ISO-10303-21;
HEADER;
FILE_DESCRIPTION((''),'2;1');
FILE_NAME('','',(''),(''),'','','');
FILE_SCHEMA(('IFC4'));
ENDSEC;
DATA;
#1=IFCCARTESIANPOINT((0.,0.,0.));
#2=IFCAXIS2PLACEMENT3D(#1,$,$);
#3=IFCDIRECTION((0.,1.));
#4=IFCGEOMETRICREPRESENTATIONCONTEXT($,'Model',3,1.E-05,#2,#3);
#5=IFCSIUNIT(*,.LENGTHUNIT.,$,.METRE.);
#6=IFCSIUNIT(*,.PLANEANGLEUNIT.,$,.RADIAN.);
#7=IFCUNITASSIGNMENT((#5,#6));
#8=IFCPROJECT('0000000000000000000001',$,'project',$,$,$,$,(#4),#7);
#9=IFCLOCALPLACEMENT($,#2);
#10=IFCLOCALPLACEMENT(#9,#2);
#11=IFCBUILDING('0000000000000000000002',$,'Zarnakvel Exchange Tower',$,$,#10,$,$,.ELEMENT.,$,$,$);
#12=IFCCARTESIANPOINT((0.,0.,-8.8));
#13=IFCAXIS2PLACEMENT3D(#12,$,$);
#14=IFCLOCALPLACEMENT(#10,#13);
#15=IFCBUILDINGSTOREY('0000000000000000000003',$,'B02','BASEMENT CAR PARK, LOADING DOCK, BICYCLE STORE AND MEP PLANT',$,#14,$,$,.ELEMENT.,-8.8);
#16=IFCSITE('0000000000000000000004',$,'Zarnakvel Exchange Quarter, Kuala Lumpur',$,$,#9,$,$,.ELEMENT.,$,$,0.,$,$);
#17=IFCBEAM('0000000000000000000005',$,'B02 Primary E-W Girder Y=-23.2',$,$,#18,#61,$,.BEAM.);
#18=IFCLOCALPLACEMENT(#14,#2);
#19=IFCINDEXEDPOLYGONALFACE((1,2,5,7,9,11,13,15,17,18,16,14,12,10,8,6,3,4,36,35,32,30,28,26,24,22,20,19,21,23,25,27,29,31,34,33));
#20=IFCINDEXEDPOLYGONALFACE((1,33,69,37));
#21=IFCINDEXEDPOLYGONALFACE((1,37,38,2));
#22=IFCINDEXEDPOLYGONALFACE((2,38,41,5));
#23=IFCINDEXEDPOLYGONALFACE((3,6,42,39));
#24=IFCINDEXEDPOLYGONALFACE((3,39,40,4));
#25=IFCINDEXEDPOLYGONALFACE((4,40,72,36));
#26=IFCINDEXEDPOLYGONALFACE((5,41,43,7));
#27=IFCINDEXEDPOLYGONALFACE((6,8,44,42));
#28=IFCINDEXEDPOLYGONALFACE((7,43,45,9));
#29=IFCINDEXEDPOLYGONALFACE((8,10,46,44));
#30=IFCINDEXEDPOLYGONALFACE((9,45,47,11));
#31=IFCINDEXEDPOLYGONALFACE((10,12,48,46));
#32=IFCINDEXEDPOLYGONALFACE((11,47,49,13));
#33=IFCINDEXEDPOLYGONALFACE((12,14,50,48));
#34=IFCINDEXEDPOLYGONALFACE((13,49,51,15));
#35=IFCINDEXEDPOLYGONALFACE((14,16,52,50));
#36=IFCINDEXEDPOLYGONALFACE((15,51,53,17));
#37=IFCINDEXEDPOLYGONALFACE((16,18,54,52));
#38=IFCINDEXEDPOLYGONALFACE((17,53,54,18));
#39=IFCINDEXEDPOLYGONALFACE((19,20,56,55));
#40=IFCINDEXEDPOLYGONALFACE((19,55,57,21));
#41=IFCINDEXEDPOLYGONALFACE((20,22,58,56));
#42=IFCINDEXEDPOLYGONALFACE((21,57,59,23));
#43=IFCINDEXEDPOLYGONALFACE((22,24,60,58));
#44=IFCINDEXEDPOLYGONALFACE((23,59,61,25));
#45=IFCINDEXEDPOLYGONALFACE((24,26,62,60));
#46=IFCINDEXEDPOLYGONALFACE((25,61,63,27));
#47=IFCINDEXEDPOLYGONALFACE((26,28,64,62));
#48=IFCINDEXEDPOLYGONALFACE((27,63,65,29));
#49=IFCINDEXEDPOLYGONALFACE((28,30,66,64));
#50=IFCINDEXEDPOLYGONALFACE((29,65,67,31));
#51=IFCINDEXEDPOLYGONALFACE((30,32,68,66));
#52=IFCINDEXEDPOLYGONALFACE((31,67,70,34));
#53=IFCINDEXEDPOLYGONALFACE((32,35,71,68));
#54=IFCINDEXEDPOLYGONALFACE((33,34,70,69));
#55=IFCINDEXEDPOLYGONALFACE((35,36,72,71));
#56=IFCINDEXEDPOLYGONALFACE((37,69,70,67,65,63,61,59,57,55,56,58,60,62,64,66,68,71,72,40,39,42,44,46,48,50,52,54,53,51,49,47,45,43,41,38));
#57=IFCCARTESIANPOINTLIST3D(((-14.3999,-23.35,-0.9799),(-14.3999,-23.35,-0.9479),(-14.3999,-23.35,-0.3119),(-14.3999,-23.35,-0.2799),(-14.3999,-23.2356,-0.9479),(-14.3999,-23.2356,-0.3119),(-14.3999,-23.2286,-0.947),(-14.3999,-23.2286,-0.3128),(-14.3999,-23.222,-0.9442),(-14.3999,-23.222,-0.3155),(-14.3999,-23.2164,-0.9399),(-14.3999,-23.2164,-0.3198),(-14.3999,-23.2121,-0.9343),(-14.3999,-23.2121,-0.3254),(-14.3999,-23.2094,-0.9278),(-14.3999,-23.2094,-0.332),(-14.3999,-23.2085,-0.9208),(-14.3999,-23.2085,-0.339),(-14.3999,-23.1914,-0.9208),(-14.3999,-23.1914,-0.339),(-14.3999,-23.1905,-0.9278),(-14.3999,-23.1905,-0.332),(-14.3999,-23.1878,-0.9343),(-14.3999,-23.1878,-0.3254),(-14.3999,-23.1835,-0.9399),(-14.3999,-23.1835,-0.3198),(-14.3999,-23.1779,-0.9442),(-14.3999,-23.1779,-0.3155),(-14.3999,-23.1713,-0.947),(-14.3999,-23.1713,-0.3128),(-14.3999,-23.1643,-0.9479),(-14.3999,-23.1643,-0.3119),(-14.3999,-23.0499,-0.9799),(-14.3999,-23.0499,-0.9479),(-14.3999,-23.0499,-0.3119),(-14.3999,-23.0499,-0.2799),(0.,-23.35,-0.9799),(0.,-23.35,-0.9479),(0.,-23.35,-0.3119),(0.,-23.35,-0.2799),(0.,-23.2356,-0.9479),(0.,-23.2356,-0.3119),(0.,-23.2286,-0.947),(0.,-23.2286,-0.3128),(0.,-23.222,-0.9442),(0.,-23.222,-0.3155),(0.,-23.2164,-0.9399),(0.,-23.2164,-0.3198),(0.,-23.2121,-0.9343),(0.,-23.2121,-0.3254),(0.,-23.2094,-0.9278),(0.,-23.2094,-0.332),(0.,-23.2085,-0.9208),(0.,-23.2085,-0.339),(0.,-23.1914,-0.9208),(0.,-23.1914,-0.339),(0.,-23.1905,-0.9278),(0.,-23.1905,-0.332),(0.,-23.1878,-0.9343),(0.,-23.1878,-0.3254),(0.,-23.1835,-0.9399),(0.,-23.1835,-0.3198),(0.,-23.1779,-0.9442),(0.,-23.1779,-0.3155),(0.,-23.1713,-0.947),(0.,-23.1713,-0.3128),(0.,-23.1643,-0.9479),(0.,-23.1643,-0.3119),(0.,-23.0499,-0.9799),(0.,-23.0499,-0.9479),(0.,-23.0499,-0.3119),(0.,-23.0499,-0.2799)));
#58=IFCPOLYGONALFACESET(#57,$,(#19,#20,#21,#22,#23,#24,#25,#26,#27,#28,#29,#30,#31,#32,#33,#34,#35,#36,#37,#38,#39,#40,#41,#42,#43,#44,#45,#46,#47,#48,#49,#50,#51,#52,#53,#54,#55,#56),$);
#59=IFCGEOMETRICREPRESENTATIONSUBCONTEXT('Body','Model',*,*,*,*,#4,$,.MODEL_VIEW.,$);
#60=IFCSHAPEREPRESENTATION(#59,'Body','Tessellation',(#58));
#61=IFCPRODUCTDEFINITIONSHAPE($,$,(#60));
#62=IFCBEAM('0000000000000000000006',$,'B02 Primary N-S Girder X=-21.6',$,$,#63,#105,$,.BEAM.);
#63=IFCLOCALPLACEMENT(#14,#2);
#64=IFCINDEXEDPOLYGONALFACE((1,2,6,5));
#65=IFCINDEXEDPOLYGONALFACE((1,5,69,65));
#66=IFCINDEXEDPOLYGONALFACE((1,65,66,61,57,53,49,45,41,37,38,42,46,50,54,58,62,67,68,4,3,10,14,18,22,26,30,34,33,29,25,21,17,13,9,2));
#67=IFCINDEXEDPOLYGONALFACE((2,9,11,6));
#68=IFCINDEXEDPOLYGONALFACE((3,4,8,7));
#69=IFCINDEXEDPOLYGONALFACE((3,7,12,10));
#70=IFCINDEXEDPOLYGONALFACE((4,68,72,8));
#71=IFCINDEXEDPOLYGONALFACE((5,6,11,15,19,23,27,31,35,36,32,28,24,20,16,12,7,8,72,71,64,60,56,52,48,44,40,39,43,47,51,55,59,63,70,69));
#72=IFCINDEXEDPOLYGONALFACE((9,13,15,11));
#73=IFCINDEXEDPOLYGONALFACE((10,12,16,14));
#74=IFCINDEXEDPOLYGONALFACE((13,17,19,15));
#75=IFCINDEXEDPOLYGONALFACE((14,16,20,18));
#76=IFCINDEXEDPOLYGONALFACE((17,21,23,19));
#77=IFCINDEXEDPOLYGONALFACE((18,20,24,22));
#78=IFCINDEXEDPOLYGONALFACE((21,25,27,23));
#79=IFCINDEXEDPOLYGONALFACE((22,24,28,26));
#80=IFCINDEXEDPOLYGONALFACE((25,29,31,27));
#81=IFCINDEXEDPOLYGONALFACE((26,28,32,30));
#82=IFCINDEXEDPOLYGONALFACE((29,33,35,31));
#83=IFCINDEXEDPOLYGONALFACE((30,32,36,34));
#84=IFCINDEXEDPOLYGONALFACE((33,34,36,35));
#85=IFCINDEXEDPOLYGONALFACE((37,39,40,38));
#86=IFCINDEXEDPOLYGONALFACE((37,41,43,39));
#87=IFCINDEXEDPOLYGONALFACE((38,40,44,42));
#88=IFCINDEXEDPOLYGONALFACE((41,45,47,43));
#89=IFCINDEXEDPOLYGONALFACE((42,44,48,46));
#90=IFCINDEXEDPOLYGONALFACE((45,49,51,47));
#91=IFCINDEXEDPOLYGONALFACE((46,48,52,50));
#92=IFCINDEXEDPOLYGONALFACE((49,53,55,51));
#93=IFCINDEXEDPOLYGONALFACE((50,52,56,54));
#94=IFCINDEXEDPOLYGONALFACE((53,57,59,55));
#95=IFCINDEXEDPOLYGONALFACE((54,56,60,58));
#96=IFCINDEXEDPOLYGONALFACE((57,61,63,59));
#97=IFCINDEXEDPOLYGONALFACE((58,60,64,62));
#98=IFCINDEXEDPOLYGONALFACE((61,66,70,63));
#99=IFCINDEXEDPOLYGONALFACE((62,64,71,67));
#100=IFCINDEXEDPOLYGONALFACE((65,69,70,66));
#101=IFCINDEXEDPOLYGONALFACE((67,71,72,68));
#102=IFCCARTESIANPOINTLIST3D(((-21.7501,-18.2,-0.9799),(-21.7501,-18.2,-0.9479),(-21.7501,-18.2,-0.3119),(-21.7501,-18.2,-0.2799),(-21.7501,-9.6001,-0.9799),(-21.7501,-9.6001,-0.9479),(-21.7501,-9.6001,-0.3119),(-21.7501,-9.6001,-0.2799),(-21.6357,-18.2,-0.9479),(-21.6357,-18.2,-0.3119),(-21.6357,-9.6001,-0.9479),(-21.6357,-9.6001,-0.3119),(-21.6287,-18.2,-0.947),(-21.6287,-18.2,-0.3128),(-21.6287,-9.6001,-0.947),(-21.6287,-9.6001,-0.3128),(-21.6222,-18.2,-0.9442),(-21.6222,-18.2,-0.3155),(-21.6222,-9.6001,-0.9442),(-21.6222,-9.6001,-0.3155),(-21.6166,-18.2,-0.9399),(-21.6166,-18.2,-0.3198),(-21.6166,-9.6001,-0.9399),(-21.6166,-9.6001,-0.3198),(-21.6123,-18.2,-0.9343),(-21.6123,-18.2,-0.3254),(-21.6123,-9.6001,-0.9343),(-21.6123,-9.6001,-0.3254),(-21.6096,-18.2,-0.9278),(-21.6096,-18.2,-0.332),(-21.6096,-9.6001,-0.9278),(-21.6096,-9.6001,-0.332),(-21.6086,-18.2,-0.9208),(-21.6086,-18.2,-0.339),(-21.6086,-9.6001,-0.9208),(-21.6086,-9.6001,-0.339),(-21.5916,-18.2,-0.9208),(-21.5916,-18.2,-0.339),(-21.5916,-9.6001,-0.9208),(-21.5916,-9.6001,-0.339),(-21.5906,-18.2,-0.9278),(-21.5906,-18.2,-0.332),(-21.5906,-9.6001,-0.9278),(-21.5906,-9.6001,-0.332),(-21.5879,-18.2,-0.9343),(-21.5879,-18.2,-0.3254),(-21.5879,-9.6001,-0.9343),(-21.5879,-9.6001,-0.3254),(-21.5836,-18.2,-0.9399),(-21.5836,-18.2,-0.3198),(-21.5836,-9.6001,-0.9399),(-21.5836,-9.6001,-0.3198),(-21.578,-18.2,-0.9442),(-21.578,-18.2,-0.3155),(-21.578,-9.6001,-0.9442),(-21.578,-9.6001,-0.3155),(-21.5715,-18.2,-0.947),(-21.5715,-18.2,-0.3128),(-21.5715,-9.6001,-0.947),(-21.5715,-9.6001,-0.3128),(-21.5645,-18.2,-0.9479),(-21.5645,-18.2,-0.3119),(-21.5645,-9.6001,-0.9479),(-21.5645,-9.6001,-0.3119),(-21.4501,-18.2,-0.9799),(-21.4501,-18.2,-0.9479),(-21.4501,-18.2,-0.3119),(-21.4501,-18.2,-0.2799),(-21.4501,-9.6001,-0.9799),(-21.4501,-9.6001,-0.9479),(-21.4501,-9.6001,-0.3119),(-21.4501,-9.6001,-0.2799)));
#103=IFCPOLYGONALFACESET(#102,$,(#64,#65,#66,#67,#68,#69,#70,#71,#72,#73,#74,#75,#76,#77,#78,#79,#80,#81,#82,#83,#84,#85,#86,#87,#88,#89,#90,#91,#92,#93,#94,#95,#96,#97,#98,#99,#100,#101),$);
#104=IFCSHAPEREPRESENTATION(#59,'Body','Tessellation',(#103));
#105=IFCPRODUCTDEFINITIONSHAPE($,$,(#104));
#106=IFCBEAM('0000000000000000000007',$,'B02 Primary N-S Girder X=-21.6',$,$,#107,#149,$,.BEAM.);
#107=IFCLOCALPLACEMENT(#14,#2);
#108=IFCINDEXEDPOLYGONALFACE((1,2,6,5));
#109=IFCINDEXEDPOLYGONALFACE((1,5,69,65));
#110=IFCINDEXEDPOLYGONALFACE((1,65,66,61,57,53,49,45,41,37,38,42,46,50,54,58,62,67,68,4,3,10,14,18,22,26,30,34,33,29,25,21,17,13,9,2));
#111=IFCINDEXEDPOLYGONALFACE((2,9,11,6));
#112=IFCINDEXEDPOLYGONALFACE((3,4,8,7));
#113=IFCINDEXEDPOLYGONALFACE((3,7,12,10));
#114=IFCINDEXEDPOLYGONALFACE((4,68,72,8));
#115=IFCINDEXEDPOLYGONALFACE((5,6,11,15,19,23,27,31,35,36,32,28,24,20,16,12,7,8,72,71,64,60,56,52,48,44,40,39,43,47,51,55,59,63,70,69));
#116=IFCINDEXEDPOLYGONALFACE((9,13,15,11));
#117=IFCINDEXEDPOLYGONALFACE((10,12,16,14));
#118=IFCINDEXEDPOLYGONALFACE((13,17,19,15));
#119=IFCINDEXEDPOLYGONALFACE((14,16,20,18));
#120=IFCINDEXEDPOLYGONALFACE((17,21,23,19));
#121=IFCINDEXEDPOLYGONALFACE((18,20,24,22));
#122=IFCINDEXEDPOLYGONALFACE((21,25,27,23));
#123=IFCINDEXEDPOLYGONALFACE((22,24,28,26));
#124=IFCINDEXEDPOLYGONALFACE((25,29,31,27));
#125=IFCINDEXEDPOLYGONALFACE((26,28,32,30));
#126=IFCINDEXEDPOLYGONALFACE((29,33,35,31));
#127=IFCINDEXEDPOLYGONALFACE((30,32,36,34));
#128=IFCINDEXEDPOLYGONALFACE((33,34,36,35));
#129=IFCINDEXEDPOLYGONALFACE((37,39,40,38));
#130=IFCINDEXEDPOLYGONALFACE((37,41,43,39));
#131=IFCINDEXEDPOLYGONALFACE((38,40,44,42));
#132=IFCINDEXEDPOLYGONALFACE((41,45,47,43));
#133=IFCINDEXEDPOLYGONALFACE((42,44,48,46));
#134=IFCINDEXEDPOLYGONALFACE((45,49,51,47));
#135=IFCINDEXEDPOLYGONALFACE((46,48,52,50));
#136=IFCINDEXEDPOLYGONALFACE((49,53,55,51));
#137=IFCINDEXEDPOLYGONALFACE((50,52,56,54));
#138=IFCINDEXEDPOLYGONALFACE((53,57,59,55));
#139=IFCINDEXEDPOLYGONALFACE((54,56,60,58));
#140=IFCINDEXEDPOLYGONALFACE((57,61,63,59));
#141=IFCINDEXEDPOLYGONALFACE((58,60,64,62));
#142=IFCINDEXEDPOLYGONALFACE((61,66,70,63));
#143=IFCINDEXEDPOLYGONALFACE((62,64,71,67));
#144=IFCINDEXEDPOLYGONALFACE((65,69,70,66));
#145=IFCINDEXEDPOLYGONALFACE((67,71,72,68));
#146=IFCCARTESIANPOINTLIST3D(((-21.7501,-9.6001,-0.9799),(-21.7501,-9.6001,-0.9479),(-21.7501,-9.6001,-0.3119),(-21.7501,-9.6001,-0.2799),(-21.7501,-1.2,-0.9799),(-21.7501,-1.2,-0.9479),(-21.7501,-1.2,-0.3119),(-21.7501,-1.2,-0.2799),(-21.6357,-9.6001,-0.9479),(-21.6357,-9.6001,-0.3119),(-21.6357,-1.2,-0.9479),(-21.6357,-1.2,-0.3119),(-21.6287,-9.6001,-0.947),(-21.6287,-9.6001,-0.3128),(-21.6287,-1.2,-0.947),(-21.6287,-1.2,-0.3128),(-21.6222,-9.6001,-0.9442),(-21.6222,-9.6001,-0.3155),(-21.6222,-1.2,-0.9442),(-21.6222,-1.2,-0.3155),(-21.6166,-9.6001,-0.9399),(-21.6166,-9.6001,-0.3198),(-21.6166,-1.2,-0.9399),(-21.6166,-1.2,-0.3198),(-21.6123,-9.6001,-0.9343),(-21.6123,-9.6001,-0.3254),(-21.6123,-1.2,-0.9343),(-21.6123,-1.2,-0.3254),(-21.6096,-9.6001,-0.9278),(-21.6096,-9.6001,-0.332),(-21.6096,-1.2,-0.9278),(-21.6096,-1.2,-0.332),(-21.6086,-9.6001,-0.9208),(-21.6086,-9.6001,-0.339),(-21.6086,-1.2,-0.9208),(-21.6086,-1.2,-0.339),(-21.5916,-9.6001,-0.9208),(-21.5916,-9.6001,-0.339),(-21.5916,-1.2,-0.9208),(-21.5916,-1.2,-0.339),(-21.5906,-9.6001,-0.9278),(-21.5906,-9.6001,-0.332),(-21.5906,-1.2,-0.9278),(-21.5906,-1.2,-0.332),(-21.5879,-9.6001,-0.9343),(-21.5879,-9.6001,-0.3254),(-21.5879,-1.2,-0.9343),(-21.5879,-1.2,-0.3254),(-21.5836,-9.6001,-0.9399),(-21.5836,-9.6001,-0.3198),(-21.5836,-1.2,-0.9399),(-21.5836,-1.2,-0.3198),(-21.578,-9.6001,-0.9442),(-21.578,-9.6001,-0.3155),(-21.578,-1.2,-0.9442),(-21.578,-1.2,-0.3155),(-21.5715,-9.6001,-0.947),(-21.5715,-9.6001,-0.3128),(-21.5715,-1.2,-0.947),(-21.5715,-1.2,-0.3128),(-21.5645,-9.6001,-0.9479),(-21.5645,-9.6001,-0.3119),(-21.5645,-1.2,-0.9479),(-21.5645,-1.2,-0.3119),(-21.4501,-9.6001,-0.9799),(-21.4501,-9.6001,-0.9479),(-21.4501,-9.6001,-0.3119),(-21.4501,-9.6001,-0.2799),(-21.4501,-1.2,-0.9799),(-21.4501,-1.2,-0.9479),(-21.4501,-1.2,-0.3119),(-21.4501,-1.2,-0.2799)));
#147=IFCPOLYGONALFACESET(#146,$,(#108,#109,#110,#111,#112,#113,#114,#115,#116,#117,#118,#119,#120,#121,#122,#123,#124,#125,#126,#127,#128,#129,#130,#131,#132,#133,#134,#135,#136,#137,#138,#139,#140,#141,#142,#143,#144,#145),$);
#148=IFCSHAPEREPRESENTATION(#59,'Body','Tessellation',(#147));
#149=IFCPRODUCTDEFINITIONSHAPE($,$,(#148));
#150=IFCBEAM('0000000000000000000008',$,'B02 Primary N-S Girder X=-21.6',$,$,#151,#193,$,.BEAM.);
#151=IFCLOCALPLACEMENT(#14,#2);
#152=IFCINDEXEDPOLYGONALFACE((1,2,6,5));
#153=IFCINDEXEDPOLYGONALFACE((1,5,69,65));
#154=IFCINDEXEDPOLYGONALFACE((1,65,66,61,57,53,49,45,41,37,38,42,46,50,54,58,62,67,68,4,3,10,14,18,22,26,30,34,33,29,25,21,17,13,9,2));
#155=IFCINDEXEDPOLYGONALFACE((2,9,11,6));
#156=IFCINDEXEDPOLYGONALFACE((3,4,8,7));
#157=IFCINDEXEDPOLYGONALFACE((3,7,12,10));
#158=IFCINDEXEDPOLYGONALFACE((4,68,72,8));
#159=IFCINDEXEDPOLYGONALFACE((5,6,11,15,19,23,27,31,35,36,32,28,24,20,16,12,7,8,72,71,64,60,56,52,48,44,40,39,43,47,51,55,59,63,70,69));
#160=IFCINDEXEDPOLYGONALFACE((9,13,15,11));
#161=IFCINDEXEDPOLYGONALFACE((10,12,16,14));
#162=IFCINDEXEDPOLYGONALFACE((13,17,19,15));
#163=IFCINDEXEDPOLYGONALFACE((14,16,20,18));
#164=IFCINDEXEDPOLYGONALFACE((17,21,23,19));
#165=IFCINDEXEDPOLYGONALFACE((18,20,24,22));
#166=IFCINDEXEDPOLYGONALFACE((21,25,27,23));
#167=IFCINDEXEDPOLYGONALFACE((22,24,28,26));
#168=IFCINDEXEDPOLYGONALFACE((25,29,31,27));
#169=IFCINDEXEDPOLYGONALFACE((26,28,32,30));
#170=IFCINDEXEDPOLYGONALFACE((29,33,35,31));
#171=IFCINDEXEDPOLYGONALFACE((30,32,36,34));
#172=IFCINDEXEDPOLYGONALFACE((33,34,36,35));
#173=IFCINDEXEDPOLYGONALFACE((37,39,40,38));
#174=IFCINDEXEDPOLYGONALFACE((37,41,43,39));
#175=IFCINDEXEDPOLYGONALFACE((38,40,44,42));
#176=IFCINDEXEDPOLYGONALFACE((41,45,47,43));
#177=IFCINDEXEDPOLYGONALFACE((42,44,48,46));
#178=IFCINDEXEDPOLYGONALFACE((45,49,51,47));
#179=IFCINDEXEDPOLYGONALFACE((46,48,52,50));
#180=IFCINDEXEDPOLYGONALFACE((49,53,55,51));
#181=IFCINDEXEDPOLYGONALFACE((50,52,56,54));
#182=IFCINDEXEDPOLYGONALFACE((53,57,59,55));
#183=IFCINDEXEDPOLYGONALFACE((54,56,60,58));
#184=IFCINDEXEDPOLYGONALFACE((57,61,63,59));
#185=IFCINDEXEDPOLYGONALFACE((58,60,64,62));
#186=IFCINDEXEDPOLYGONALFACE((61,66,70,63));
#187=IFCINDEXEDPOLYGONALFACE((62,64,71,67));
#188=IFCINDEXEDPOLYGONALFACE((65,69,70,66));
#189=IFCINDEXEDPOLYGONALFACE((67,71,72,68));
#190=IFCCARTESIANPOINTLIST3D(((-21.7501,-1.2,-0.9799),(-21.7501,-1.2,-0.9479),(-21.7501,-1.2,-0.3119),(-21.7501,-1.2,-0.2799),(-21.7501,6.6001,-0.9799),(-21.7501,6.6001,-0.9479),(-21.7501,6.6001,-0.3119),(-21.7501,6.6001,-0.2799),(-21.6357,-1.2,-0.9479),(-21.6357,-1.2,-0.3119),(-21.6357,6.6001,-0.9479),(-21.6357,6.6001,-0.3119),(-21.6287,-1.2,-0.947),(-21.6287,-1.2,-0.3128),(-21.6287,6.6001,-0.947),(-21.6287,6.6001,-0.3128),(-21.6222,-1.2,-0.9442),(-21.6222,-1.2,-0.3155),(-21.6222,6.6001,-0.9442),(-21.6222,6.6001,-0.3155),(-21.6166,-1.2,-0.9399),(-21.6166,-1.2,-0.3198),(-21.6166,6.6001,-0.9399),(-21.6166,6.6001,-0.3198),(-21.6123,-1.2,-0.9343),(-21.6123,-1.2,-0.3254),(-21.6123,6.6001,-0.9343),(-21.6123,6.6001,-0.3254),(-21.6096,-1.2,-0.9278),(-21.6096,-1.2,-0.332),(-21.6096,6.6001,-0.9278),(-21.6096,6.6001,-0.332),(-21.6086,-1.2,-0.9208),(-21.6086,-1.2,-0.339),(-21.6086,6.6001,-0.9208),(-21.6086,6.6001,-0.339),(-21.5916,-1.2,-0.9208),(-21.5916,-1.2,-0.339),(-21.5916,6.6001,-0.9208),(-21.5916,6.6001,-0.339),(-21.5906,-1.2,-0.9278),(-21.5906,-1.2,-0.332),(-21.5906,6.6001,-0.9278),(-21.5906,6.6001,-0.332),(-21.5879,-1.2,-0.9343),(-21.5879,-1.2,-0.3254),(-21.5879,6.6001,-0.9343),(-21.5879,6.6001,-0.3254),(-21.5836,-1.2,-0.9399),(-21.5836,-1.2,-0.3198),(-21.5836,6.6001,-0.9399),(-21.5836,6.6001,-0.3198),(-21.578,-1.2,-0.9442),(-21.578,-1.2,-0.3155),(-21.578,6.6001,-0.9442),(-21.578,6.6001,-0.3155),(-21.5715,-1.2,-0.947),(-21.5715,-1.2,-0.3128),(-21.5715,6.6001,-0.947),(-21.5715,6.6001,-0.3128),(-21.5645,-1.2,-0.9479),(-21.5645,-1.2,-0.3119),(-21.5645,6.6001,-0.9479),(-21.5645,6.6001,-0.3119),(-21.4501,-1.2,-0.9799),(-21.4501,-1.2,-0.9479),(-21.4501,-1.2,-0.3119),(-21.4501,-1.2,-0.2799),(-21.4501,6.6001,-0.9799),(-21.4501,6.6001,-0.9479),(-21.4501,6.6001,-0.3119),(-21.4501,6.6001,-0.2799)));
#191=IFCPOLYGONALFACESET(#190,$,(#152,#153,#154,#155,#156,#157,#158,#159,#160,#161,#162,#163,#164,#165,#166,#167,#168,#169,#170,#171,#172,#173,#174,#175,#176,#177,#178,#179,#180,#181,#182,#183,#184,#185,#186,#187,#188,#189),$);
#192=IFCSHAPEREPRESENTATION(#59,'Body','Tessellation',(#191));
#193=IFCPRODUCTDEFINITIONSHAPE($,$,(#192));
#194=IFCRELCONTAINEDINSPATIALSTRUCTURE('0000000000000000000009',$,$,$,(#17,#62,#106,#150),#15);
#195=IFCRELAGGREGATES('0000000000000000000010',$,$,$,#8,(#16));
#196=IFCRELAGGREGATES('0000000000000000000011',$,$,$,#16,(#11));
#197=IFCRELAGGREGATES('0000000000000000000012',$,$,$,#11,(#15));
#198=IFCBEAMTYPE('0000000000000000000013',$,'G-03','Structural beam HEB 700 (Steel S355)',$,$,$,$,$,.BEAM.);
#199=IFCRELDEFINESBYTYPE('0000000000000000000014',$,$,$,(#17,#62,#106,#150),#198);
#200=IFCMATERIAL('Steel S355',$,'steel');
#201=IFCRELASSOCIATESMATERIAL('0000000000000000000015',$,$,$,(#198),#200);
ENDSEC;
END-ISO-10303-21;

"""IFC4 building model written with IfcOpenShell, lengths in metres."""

from ifc_helpers import new_model, si_unit, direction, frame, origin, origin_2d, place, context, subcontext, project, spatial, i_section, extrude, material, material_profile, profile_set, type_object, element, save


model = new_model("IFC4")

# Units and contexts
model_context = context("Model", 3, precision=1e-05, world=origin(), true_north=direction((0.0, 1.0)))
body_context = subcontext(model_context, "Body", "Model", "MODEL_VIEW")
ifc_project = project(units=[si_unit("LENGTHUNIT", "METRE"), si_unit("PLANEANGLEUNIT", "RADIAN")], contexts=[model_context])

# Site, building, storey
site_placement = place(None, origin())
site = spatial("IfcSite", under=ifc_project, at=site_placement, Name="Zarnakvel Exchange Quarter, Kuala Lumpur", CompositionType="ELEMENT", RefElevation=0.0)
building_placement = place(site_placement, origin())
building = spatial("IfcBuilding", under=site, at=building_placement, Name="Zarnakvel Exchange Tower", CompositionType="ELEMENT")
storey_placement = place(building_placement, frame((0.0, 0.0, -8.8)))
storey = spatial("IfcBuildingStorey", under=building, at=storey_placement, Name="B02", Description="BASEMENT CAR PARK, LOADING DOCK, BICYCLE STORE AND MEP PLANT", CompositionType="ELEMENT", Elevation=-8.8)

# Beams
ifc_material_1 = material(Name="Steel S355", Category="steel")
ifc_material_profile_1 = material_profile(ifc_material_1, i_section(OverallWidth=0.3, OverallDepth=0.7, WebThickness=0.0171, FlangeThickness=0.032, FilletRadius=0.0271, at=origin_2d()))
ifc_profile_set_1 = profile_set([ifc_material_profile_1], Name="Steel S355")
beam_type_1 = type_object("IfcBeamType", Name="G-03", Description="Structural beam HEB 700 (Steel S355)", PredefinedType="BEAM", material=ifc_profile_set_1)
beam_1_placement = place(storey_placement, frame((-14.3999, -23.2, -0.6299), z_axis=(1.0, 0.0, 0.0), x_axis=(0.0, 1.0, 0.0)))
element("IfcBeam", 1, at=beam_1_placement, inside=storey, type_object=beam_type_1, Name="B02 Primary E-W Girder Y=-23.2", PredefinedType="BEAM", context=body_context, shape_type="SweptSolid", body=[
    extrude(i_section(OverallWidth=0.3, OverallDepth=0.7, WebThickness=0.0171, FlangeThickness=0.032, FilletRadius=0.0271, at=origin_2d()), origin(), (0.0, 0.0, 1.0), 14.3999),
])
beam_2_placement = place(storey_placement, frame((-21.6001, -18.2, -0.6299), z_axis=(0.0, 1.0, 0.0), x_axis=(-1.0, 0.0, 0.0)))
element("IfcBeam", 2, at=beam_2_placement, inside=storey, type_object=beam_type_1, Name="B02 Primary N-S Girder X=-21.6", PredefinedType="BEAM", context=body_context, shape_type="SweptSolid", body=[
    extrude(i_section(OverallWidth=0.3, OverallDepth=0.7, WebThickness=0.0171, FlangeThickness=0.032, FilletRadius=0.0271, at=origin_2d()), origin(), (0.0, 0.0, 1.0), 8.5999),
])
beam_3_placement = place(storey_placement, frame((-21.6001, -9.6001, -0.6299), z_axis=(0.0, 1.0, 0.0), x_axis=(-1.0, 0.0, 0.0)))
element("IfcBeam", 3, at=beam_3_placement, inside=storey, type_object=beam_type_1, Name="B02 Primary N-S Girder X=-21.6", PredefinedType="BEAM", context=body_context, shape_type="SweptSolid", body=[
    extrude(i_section(OverallWidth=0.3, OverallDepth=0.7, WebThickness=0.0171, FlangeThickness=0.032, FilletRadius=0.0271, at=origin_2d()), origin(), (0.0, 0.0, 1.0), 8.4001),
])
beam_4_placement = place(storey_placement, frame((-21.6001, -1.2, -0.6299), z_axis=(0.0, 1.0, 0.0), x_axis=(-1.0, 0.0, 0.0)))
element("IfcBeam", 4, at=beam_4_placement, inside=storey, type_object=beam_type_1, Name="B02 Primary N-S Girder X=-21.6", PredefinedType="BEAM", context=body_context, shape_type="SweptSolid", body=[
    extrude(i_section(OverallWidth=0.3, OverallDepth=0.7, WebThickness=0.0171, FlangeThickness=0.032, FilletRadius=0.0271, at=origin_2d()), origin(), (0.0, 0.0, 1.0), 7.8),
])

save(model, "model.ifc")
